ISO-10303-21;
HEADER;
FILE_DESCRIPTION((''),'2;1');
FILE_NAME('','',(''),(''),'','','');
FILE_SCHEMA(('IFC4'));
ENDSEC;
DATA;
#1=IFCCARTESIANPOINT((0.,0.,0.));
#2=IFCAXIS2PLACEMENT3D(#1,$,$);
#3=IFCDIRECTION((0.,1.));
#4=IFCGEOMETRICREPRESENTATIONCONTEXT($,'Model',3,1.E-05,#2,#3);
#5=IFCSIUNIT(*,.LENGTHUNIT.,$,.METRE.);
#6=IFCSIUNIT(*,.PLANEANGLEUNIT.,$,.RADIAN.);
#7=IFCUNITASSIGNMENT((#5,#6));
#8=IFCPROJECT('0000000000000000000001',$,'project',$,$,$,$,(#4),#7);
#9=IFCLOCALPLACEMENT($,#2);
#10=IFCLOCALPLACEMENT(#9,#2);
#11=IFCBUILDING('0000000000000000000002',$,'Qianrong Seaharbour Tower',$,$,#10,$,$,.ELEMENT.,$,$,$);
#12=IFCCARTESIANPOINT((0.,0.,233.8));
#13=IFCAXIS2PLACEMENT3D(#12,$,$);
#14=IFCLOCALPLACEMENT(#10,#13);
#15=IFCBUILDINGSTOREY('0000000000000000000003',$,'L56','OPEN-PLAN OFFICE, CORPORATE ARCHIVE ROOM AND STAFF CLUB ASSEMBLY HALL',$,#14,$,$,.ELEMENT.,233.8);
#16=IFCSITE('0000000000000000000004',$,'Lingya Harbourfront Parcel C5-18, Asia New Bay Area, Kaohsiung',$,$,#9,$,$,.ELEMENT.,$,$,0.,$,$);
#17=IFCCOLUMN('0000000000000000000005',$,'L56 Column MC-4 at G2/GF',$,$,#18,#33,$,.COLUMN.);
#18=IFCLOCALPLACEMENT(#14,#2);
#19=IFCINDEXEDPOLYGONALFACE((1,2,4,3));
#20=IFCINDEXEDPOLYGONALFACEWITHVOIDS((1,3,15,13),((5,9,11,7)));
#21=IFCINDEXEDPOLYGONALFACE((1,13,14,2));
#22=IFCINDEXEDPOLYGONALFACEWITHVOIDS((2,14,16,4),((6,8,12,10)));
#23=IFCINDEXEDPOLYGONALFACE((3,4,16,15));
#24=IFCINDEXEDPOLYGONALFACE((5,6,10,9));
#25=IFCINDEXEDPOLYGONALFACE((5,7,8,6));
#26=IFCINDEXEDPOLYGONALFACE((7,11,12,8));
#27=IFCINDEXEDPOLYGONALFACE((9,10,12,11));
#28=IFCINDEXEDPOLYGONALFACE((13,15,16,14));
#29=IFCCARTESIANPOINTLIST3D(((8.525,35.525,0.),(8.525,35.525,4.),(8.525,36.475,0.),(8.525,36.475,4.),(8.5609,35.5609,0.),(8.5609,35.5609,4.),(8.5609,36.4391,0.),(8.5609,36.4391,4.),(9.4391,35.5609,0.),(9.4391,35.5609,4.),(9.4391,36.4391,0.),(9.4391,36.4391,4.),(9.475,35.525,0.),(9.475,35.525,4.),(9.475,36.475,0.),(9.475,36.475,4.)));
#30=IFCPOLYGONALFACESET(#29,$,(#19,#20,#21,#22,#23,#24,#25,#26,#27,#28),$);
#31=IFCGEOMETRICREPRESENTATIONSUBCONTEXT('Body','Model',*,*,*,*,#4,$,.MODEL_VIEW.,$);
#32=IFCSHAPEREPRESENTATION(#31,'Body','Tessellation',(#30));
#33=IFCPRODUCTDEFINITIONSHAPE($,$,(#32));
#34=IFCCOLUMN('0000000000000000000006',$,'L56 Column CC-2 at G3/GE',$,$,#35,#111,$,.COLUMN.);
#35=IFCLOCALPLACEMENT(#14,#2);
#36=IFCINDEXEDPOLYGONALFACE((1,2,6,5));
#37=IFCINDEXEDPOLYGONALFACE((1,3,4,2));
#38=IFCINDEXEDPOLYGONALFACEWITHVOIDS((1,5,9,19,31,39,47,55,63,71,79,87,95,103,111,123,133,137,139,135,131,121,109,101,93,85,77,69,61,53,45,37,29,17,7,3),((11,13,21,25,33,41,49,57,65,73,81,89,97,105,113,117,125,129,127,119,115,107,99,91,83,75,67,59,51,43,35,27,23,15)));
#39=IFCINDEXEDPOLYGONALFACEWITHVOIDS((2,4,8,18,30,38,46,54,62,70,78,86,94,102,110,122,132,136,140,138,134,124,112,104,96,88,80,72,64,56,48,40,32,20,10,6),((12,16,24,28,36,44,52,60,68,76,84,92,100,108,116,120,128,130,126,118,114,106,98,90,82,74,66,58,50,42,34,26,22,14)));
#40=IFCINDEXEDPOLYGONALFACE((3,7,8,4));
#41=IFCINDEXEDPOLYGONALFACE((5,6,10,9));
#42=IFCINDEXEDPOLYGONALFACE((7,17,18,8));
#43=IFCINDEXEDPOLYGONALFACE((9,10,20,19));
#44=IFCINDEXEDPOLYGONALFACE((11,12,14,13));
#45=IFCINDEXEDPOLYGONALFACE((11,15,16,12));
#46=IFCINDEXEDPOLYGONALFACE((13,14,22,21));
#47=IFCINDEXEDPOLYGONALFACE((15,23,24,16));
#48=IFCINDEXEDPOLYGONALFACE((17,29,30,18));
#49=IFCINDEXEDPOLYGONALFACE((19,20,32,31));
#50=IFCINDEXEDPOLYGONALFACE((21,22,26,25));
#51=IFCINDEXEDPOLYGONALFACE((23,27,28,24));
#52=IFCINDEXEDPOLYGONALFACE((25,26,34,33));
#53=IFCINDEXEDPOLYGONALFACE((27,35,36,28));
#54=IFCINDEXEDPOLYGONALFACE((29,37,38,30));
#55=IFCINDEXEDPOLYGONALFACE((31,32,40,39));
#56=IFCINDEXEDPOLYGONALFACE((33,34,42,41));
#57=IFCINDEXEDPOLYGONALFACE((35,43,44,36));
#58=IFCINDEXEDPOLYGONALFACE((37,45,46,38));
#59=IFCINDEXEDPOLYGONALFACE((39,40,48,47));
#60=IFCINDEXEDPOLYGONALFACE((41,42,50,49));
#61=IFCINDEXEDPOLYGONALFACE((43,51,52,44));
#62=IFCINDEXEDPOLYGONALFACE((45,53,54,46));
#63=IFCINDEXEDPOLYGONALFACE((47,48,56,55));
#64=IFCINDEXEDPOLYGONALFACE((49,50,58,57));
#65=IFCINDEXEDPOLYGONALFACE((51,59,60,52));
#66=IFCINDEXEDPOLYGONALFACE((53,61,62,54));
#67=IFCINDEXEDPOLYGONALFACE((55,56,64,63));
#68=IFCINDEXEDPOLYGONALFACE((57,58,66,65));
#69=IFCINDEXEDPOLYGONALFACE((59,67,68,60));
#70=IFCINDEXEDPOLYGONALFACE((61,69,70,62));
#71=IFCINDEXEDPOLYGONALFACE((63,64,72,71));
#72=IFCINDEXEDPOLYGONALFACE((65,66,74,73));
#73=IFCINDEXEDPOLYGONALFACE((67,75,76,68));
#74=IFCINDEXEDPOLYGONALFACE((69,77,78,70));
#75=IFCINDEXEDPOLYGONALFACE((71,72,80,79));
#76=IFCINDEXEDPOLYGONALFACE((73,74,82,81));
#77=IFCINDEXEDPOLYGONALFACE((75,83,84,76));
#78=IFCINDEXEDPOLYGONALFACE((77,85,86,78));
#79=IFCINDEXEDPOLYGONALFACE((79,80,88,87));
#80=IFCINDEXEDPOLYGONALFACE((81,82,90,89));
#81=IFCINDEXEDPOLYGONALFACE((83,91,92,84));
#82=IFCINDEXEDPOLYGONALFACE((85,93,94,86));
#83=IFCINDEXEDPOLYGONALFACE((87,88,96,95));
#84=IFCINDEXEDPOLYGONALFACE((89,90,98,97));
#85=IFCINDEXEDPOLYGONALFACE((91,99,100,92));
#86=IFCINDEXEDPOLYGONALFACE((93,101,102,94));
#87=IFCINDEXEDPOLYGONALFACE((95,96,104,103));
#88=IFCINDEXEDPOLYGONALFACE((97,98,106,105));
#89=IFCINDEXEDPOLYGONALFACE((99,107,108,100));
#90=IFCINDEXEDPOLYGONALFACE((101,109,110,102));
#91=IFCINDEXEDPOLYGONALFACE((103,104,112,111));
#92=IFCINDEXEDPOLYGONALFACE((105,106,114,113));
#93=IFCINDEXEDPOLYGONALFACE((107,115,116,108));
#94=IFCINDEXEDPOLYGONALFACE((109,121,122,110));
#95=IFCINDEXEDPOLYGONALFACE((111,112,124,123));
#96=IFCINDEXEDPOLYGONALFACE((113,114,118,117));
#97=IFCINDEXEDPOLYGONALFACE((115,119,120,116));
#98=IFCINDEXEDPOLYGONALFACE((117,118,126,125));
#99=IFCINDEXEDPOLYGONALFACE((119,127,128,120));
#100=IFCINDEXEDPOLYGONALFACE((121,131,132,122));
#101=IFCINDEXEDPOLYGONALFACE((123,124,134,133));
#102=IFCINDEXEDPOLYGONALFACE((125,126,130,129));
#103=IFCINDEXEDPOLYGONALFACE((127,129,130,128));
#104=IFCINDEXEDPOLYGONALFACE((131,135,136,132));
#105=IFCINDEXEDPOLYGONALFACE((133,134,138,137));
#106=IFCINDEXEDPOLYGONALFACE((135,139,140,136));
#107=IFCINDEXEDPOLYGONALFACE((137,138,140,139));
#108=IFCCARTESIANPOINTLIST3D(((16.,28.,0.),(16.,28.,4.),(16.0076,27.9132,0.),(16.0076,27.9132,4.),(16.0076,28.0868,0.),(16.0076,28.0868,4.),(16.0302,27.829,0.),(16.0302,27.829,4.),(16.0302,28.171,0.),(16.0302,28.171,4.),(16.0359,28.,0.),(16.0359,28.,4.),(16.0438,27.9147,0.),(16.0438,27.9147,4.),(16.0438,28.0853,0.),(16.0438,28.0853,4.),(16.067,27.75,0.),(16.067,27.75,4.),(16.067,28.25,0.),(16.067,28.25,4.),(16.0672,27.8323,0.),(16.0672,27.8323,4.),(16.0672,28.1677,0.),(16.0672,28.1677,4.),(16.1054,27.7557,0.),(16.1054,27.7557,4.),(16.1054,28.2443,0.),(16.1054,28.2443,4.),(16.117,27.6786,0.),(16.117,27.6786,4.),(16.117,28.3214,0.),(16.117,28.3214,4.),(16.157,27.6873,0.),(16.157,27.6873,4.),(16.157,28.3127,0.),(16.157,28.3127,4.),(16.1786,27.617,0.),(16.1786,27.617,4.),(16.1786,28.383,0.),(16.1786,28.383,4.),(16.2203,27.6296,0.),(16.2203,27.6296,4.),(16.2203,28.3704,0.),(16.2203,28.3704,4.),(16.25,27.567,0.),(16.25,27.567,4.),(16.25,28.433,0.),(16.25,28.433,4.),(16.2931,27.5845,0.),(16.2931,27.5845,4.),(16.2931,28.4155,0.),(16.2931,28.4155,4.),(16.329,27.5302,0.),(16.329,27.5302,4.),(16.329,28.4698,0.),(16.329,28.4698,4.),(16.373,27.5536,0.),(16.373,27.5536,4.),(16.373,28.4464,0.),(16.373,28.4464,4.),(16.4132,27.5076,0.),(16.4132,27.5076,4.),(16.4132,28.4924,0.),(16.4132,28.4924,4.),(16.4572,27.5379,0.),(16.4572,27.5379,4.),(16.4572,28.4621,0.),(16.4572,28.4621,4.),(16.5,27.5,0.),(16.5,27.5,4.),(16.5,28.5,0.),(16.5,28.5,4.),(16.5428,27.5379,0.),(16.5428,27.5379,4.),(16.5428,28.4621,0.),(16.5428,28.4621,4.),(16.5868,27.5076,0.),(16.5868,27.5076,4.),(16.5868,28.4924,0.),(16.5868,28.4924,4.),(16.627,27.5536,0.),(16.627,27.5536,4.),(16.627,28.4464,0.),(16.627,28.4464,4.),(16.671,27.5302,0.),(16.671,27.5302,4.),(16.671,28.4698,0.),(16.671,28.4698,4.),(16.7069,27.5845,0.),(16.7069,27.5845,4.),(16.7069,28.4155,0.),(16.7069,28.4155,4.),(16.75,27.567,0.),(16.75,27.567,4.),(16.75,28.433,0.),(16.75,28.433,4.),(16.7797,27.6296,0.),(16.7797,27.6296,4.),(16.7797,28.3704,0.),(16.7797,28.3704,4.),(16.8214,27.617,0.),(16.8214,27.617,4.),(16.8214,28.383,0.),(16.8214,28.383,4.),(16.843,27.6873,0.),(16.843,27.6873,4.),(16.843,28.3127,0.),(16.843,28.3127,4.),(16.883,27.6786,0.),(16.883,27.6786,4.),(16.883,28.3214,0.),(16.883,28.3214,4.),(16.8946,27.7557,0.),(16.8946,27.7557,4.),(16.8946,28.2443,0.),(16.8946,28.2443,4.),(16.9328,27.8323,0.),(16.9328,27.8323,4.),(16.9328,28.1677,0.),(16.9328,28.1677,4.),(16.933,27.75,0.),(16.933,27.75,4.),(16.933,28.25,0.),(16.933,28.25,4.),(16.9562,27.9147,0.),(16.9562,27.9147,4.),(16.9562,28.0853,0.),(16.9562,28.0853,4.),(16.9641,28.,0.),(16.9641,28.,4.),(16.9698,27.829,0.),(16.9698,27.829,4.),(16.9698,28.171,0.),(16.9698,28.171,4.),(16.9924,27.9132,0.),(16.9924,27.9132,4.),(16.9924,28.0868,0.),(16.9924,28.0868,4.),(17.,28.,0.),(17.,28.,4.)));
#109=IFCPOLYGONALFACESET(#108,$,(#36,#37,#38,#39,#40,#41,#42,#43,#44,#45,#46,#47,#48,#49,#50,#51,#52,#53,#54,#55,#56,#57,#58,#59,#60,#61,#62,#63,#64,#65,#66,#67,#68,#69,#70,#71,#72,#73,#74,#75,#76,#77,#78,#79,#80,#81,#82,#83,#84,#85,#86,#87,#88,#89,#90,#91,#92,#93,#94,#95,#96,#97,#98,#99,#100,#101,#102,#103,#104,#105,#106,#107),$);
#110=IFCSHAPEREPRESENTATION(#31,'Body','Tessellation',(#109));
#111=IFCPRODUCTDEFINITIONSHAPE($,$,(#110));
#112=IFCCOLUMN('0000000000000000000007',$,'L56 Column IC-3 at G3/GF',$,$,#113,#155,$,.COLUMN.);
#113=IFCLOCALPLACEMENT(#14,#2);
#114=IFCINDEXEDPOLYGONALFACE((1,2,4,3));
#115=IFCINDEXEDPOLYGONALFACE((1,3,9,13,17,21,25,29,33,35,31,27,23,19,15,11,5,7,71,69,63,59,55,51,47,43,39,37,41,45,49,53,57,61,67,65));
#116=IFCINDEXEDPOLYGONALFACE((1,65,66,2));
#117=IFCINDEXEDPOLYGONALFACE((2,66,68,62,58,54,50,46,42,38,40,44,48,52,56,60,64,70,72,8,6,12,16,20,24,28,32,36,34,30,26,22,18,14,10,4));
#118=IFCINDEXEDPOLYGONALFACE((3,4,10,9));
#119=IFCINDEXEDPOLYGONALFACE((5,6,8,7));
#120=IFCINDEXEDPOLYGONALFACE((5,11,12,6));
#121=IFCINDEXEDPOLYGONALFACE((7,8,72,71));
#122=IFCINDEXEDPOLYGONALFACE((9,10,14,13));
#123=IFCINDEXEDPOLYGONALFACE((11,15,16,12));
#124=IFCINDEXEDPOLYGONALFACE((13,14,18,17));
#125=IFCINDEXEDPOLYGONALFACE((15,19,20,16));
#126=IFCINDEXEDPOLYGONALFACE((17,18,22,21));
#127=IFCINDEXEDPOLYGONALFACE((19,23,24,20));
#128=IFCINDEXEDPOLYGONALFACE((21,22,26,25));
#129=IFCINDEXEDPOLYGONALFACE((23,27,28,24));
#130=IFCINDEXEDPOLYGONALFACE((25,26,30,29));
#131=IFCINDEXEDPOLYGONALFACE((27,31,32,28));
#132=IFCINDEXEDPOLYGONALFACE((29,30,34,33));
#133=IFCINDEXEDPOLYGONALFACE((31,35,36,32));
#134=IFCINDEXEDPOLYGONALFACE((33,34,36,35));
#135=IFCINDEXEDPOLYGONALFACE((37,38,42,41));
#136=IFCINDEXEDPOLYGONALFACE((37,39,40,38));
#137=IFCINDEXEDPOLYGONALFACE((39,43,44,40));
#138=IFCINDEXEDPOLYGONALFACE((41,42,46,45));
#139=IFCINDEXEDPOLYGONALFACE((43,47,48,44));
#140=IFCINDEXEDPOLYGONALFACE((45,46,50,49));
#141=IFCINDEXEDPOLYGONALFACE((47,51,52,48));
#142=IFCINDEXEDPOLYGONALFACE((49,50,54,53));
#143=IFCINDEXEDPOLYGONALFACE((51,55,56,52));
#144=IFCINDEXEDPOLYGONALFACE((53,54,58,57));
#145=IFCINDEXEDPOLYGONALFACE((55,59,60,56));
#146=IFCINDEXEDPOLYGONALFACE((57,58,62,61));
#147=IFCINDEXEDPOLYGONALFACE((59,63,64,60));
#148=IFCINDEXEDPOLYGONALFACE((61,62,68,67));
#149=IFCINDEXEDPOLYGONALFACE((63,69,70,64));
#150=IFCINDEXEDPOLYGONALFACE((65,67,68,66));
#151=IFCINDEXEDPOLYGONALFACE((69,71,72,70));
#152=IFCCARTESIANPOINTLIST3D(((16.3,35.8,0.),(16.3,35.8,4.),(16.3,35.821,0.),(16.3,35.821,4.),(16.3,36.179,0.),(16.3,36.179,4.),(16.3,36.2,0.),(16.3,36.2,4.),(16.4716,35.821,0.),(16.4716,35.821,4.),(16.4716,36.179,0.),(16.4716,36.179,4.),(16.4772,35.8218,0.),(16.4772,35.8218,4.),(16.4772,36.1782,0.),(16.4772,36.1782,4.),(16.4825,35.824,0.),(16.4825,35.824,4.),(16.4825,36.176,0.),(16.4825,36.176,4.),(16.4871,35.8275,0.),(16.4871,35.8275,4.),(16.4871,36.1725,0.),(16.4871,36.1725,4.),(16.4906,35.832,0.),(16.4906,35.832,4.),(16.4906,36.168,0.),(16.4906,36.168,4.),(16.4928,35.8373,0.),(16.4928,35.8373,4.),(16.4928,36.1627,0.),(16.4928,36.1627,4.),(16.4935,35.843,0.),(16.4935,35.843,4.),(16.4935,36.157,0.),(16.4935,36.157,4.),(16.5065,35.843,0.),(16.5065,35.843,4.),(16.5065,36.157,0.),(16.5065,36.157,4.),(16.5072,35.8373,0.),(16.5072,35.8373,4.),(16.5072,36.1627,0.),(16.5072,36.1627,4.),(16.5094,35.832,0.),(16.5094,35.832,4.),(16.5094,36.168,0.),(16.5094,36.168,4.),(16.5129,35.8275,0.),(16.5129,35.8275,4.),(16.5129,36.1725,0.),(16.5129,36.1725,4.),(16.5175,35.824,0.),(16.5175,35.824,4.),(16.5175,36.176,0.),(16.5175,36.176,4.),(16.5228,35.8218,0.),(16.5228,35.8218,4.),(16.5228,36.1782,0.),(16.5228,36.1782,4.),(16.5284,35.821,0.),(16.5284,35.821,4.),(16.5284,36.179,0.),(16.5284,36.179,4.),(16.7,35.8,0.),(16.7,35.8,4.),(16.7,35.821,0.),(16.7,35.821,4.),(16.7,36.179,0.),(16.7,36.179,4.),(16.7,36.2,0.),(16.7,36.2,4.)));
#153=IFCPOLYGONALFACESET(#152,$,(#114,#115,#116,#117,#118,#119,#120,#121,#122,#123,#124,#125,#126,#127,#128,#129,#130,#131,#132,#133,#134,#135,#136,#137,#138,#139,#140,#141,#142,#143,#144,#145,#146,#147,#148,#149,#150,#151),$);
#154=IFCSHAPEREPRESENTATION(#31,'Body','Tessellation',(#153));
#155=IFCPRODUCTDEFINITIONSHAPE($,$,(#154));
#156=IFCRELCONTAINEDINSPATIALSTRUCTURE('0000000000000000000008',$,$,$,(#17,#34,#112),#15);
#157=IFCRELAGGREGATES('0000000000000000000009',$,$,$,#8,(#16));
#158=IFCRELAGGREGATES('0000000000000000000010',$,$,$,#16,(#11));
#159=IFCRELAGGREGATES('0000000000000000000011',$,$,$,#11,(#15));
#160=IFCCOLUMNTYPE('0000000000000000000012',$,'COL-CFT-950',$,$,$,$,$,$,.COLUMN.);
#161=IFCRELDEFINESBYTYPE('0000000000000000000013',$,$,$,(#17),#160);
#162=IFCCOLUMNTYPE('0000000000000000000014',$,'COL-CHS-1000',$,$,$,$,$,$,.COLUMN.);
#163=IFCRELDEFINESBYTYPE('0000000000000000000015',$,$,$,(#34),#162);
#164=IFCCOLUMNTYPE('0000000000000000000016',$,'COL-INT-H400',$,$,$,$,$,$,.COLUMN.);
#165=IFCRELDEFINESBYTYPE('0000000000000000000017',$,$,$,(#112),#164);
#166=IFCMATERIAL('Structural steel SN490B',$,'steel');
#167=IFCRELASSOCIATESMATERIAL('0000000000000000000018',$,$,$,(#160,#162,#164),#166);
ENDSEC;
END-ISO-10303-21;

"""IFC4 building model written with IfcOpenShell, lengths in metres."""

from ifc_helpers import new_model, si_unit, direction, frame, origin, origin_2d, place, context, subcontext, project, spatial, hollow_rectangle, hollow_circle, i_section, extrude, material, material_profile, profile_set, type_object, element, save


model = new_model("IFC4")

# Units and contexts
model_context = context("Model", 3, precision=1e-05, world=origin(), true_north=direction((0.0, 1.0)))
body_context = subcontext(model_context, "Body", "Model", "MODEL_VIEW")
ifc_project = project(units=[si_unit("LENGTHUNIT", "METRE"), si_unit("PLANEANGLEUNIT", "RADIAN")], contexts=[model_context])

# Site, building, storey
site_placement = place(None, origin())
site = spatial("IfcSite", under=ifc_project, at=site_placement, Name="Lingya Harbourfront Parcel C5-18, Asia New Bay Area, Kaohsiung", CompositionType="ELEMENT", RefElevation=0.0)
building_placement = place(site_placement, origin())
building = spatial("IfcBuilding", under=site, at=building_placement, Name="Qianrong Seaharbour Tower", CompositionType="ELEMENT")
storey_placement = place(building_placement, frame((0.0, 0.0, 233.8)))
storey = spatial("IfcBuildingStorey", under=building, at=storey_placement, Name="L56", Description="OPEN-PLAN OFFICE, CORPORATE ARCHIVE ROOM AND STAFF CLUB ASSEMBLY HALL", CompositionType="ELEMENT", Elevation=233.8)

# Columns
ifc_material_1 = material(Name="Structural steel SN490B", Category="steel")
ifc_material_profile_1 = material_profile(ifc_material_1, hollow_rectangle(XDim=0.95, YDim=0.95, WallThickness=0.0359, at=origin_2d()), Name="BOX950x950x36")
ifc_profile_set_1 = profile_set([ifc_material_profile_1], Name="Structural steel SN490B")
column_type_1 = type_object("IfcColumnType", Name="COL-CFT-950", PredefinedType="COLUMN", material=ifc_profile_set_1)
column_1_placement = place(storey_placement, frame((9.0, 36.0, 0.0), z_axis=(0.0, 0.0, 1.0), x_axis=(1.0, 0.0, 0.0)))
element("IfcColumn", 1, at=column_1_placement, inside=storey, type_object=column_type_1, Name="L56 Column MC-4 at G2/GF", PredefinedType="COLUMN", context=body_context, shape_type="SweptSolid", body=[
    extrude(hollow_rectangle(XDim=0.95, YDim=0.95, WallThickness=0.0359, at=origin_2d()), origin(), (0.0, 0.0, 1.0), 4.0),
])
ifc_material_profile_2 = material_profile(ifc_material_1, hollow_circle(Radius=0.5, WallThickness=0.0359, at=origin_2d()), Name="CHS1000x36")
ifc_profile_set_2 = profile_set([ifc_material_profile_2], Name="Structural steel SN490B")
column_type_2 = type_object("IfcColumnType", Name="COL-CHS-1000", PredefinedType="COLUMN", material=ifc_profile_set_2)
column_2_placement = place(storey_placement, frame((16.5, 28.0, 0.0), z_axis=(0.0, 0.0, 1.0), x_axis=(1.0, 0.0, 0.0)))
element("IfcColumn", 2, at=column_2_placement, inside=storey, type_object=column_type_2, Name="L56 Column CC-2 at G3/GE", PredefinedType="COLUMN", context=body_context, shape_type="SweptSolid", body=[
    extrude(hollow_circle(Radius=0.5, WallThickness=0.0359, at=origin_2d()), origin(), (0.0, 0.0, 1.0), 4.0),
])
ifc_material_profile_3 = material_profile(ifc_material_1, i_section(OverallWidth=0.3999, OverallDepth=0.3999, WebThickness=0.0129, FlangeThickness=0.021, FilletRadius=0.022, at=origin_2d()), Name="H400x400x13x21")
ifc_profile_set_3 = profile_set([ifc_material_profile_3], Name="Structural steel SN490B")
column_type_3 = type_object("IfcColumnType", Name="COL-INT-H400", PredefinedType="COLUMN", material=ifc_profile_set_3)
column_3_placement = place(storey_placement, frame((16.5, 36.0, 0.0), z_axis=(0.0, 0.0, 1.0), x_axis=(1.0, 0.0, 0.0)))
element("IfcColumn", 3, at=column_3_placement, inside=storey, type_object=column_type_3, Name="L56 Column IC-3 at G3/GF", PredefinedType="COLUMN", context=body_context, shape_type="SweptSolid", body=[
    extrude(i_section(OverallWidth=0.3999, OverallDepth=0.3999, WebThickness=0.0129, FlangeThickness=0.021, FilletRadius=0.022, at=origin_2d()), origin(), (0.0, 0.0, 1.0), 4.0),
])

save(model, "model.ifc")
